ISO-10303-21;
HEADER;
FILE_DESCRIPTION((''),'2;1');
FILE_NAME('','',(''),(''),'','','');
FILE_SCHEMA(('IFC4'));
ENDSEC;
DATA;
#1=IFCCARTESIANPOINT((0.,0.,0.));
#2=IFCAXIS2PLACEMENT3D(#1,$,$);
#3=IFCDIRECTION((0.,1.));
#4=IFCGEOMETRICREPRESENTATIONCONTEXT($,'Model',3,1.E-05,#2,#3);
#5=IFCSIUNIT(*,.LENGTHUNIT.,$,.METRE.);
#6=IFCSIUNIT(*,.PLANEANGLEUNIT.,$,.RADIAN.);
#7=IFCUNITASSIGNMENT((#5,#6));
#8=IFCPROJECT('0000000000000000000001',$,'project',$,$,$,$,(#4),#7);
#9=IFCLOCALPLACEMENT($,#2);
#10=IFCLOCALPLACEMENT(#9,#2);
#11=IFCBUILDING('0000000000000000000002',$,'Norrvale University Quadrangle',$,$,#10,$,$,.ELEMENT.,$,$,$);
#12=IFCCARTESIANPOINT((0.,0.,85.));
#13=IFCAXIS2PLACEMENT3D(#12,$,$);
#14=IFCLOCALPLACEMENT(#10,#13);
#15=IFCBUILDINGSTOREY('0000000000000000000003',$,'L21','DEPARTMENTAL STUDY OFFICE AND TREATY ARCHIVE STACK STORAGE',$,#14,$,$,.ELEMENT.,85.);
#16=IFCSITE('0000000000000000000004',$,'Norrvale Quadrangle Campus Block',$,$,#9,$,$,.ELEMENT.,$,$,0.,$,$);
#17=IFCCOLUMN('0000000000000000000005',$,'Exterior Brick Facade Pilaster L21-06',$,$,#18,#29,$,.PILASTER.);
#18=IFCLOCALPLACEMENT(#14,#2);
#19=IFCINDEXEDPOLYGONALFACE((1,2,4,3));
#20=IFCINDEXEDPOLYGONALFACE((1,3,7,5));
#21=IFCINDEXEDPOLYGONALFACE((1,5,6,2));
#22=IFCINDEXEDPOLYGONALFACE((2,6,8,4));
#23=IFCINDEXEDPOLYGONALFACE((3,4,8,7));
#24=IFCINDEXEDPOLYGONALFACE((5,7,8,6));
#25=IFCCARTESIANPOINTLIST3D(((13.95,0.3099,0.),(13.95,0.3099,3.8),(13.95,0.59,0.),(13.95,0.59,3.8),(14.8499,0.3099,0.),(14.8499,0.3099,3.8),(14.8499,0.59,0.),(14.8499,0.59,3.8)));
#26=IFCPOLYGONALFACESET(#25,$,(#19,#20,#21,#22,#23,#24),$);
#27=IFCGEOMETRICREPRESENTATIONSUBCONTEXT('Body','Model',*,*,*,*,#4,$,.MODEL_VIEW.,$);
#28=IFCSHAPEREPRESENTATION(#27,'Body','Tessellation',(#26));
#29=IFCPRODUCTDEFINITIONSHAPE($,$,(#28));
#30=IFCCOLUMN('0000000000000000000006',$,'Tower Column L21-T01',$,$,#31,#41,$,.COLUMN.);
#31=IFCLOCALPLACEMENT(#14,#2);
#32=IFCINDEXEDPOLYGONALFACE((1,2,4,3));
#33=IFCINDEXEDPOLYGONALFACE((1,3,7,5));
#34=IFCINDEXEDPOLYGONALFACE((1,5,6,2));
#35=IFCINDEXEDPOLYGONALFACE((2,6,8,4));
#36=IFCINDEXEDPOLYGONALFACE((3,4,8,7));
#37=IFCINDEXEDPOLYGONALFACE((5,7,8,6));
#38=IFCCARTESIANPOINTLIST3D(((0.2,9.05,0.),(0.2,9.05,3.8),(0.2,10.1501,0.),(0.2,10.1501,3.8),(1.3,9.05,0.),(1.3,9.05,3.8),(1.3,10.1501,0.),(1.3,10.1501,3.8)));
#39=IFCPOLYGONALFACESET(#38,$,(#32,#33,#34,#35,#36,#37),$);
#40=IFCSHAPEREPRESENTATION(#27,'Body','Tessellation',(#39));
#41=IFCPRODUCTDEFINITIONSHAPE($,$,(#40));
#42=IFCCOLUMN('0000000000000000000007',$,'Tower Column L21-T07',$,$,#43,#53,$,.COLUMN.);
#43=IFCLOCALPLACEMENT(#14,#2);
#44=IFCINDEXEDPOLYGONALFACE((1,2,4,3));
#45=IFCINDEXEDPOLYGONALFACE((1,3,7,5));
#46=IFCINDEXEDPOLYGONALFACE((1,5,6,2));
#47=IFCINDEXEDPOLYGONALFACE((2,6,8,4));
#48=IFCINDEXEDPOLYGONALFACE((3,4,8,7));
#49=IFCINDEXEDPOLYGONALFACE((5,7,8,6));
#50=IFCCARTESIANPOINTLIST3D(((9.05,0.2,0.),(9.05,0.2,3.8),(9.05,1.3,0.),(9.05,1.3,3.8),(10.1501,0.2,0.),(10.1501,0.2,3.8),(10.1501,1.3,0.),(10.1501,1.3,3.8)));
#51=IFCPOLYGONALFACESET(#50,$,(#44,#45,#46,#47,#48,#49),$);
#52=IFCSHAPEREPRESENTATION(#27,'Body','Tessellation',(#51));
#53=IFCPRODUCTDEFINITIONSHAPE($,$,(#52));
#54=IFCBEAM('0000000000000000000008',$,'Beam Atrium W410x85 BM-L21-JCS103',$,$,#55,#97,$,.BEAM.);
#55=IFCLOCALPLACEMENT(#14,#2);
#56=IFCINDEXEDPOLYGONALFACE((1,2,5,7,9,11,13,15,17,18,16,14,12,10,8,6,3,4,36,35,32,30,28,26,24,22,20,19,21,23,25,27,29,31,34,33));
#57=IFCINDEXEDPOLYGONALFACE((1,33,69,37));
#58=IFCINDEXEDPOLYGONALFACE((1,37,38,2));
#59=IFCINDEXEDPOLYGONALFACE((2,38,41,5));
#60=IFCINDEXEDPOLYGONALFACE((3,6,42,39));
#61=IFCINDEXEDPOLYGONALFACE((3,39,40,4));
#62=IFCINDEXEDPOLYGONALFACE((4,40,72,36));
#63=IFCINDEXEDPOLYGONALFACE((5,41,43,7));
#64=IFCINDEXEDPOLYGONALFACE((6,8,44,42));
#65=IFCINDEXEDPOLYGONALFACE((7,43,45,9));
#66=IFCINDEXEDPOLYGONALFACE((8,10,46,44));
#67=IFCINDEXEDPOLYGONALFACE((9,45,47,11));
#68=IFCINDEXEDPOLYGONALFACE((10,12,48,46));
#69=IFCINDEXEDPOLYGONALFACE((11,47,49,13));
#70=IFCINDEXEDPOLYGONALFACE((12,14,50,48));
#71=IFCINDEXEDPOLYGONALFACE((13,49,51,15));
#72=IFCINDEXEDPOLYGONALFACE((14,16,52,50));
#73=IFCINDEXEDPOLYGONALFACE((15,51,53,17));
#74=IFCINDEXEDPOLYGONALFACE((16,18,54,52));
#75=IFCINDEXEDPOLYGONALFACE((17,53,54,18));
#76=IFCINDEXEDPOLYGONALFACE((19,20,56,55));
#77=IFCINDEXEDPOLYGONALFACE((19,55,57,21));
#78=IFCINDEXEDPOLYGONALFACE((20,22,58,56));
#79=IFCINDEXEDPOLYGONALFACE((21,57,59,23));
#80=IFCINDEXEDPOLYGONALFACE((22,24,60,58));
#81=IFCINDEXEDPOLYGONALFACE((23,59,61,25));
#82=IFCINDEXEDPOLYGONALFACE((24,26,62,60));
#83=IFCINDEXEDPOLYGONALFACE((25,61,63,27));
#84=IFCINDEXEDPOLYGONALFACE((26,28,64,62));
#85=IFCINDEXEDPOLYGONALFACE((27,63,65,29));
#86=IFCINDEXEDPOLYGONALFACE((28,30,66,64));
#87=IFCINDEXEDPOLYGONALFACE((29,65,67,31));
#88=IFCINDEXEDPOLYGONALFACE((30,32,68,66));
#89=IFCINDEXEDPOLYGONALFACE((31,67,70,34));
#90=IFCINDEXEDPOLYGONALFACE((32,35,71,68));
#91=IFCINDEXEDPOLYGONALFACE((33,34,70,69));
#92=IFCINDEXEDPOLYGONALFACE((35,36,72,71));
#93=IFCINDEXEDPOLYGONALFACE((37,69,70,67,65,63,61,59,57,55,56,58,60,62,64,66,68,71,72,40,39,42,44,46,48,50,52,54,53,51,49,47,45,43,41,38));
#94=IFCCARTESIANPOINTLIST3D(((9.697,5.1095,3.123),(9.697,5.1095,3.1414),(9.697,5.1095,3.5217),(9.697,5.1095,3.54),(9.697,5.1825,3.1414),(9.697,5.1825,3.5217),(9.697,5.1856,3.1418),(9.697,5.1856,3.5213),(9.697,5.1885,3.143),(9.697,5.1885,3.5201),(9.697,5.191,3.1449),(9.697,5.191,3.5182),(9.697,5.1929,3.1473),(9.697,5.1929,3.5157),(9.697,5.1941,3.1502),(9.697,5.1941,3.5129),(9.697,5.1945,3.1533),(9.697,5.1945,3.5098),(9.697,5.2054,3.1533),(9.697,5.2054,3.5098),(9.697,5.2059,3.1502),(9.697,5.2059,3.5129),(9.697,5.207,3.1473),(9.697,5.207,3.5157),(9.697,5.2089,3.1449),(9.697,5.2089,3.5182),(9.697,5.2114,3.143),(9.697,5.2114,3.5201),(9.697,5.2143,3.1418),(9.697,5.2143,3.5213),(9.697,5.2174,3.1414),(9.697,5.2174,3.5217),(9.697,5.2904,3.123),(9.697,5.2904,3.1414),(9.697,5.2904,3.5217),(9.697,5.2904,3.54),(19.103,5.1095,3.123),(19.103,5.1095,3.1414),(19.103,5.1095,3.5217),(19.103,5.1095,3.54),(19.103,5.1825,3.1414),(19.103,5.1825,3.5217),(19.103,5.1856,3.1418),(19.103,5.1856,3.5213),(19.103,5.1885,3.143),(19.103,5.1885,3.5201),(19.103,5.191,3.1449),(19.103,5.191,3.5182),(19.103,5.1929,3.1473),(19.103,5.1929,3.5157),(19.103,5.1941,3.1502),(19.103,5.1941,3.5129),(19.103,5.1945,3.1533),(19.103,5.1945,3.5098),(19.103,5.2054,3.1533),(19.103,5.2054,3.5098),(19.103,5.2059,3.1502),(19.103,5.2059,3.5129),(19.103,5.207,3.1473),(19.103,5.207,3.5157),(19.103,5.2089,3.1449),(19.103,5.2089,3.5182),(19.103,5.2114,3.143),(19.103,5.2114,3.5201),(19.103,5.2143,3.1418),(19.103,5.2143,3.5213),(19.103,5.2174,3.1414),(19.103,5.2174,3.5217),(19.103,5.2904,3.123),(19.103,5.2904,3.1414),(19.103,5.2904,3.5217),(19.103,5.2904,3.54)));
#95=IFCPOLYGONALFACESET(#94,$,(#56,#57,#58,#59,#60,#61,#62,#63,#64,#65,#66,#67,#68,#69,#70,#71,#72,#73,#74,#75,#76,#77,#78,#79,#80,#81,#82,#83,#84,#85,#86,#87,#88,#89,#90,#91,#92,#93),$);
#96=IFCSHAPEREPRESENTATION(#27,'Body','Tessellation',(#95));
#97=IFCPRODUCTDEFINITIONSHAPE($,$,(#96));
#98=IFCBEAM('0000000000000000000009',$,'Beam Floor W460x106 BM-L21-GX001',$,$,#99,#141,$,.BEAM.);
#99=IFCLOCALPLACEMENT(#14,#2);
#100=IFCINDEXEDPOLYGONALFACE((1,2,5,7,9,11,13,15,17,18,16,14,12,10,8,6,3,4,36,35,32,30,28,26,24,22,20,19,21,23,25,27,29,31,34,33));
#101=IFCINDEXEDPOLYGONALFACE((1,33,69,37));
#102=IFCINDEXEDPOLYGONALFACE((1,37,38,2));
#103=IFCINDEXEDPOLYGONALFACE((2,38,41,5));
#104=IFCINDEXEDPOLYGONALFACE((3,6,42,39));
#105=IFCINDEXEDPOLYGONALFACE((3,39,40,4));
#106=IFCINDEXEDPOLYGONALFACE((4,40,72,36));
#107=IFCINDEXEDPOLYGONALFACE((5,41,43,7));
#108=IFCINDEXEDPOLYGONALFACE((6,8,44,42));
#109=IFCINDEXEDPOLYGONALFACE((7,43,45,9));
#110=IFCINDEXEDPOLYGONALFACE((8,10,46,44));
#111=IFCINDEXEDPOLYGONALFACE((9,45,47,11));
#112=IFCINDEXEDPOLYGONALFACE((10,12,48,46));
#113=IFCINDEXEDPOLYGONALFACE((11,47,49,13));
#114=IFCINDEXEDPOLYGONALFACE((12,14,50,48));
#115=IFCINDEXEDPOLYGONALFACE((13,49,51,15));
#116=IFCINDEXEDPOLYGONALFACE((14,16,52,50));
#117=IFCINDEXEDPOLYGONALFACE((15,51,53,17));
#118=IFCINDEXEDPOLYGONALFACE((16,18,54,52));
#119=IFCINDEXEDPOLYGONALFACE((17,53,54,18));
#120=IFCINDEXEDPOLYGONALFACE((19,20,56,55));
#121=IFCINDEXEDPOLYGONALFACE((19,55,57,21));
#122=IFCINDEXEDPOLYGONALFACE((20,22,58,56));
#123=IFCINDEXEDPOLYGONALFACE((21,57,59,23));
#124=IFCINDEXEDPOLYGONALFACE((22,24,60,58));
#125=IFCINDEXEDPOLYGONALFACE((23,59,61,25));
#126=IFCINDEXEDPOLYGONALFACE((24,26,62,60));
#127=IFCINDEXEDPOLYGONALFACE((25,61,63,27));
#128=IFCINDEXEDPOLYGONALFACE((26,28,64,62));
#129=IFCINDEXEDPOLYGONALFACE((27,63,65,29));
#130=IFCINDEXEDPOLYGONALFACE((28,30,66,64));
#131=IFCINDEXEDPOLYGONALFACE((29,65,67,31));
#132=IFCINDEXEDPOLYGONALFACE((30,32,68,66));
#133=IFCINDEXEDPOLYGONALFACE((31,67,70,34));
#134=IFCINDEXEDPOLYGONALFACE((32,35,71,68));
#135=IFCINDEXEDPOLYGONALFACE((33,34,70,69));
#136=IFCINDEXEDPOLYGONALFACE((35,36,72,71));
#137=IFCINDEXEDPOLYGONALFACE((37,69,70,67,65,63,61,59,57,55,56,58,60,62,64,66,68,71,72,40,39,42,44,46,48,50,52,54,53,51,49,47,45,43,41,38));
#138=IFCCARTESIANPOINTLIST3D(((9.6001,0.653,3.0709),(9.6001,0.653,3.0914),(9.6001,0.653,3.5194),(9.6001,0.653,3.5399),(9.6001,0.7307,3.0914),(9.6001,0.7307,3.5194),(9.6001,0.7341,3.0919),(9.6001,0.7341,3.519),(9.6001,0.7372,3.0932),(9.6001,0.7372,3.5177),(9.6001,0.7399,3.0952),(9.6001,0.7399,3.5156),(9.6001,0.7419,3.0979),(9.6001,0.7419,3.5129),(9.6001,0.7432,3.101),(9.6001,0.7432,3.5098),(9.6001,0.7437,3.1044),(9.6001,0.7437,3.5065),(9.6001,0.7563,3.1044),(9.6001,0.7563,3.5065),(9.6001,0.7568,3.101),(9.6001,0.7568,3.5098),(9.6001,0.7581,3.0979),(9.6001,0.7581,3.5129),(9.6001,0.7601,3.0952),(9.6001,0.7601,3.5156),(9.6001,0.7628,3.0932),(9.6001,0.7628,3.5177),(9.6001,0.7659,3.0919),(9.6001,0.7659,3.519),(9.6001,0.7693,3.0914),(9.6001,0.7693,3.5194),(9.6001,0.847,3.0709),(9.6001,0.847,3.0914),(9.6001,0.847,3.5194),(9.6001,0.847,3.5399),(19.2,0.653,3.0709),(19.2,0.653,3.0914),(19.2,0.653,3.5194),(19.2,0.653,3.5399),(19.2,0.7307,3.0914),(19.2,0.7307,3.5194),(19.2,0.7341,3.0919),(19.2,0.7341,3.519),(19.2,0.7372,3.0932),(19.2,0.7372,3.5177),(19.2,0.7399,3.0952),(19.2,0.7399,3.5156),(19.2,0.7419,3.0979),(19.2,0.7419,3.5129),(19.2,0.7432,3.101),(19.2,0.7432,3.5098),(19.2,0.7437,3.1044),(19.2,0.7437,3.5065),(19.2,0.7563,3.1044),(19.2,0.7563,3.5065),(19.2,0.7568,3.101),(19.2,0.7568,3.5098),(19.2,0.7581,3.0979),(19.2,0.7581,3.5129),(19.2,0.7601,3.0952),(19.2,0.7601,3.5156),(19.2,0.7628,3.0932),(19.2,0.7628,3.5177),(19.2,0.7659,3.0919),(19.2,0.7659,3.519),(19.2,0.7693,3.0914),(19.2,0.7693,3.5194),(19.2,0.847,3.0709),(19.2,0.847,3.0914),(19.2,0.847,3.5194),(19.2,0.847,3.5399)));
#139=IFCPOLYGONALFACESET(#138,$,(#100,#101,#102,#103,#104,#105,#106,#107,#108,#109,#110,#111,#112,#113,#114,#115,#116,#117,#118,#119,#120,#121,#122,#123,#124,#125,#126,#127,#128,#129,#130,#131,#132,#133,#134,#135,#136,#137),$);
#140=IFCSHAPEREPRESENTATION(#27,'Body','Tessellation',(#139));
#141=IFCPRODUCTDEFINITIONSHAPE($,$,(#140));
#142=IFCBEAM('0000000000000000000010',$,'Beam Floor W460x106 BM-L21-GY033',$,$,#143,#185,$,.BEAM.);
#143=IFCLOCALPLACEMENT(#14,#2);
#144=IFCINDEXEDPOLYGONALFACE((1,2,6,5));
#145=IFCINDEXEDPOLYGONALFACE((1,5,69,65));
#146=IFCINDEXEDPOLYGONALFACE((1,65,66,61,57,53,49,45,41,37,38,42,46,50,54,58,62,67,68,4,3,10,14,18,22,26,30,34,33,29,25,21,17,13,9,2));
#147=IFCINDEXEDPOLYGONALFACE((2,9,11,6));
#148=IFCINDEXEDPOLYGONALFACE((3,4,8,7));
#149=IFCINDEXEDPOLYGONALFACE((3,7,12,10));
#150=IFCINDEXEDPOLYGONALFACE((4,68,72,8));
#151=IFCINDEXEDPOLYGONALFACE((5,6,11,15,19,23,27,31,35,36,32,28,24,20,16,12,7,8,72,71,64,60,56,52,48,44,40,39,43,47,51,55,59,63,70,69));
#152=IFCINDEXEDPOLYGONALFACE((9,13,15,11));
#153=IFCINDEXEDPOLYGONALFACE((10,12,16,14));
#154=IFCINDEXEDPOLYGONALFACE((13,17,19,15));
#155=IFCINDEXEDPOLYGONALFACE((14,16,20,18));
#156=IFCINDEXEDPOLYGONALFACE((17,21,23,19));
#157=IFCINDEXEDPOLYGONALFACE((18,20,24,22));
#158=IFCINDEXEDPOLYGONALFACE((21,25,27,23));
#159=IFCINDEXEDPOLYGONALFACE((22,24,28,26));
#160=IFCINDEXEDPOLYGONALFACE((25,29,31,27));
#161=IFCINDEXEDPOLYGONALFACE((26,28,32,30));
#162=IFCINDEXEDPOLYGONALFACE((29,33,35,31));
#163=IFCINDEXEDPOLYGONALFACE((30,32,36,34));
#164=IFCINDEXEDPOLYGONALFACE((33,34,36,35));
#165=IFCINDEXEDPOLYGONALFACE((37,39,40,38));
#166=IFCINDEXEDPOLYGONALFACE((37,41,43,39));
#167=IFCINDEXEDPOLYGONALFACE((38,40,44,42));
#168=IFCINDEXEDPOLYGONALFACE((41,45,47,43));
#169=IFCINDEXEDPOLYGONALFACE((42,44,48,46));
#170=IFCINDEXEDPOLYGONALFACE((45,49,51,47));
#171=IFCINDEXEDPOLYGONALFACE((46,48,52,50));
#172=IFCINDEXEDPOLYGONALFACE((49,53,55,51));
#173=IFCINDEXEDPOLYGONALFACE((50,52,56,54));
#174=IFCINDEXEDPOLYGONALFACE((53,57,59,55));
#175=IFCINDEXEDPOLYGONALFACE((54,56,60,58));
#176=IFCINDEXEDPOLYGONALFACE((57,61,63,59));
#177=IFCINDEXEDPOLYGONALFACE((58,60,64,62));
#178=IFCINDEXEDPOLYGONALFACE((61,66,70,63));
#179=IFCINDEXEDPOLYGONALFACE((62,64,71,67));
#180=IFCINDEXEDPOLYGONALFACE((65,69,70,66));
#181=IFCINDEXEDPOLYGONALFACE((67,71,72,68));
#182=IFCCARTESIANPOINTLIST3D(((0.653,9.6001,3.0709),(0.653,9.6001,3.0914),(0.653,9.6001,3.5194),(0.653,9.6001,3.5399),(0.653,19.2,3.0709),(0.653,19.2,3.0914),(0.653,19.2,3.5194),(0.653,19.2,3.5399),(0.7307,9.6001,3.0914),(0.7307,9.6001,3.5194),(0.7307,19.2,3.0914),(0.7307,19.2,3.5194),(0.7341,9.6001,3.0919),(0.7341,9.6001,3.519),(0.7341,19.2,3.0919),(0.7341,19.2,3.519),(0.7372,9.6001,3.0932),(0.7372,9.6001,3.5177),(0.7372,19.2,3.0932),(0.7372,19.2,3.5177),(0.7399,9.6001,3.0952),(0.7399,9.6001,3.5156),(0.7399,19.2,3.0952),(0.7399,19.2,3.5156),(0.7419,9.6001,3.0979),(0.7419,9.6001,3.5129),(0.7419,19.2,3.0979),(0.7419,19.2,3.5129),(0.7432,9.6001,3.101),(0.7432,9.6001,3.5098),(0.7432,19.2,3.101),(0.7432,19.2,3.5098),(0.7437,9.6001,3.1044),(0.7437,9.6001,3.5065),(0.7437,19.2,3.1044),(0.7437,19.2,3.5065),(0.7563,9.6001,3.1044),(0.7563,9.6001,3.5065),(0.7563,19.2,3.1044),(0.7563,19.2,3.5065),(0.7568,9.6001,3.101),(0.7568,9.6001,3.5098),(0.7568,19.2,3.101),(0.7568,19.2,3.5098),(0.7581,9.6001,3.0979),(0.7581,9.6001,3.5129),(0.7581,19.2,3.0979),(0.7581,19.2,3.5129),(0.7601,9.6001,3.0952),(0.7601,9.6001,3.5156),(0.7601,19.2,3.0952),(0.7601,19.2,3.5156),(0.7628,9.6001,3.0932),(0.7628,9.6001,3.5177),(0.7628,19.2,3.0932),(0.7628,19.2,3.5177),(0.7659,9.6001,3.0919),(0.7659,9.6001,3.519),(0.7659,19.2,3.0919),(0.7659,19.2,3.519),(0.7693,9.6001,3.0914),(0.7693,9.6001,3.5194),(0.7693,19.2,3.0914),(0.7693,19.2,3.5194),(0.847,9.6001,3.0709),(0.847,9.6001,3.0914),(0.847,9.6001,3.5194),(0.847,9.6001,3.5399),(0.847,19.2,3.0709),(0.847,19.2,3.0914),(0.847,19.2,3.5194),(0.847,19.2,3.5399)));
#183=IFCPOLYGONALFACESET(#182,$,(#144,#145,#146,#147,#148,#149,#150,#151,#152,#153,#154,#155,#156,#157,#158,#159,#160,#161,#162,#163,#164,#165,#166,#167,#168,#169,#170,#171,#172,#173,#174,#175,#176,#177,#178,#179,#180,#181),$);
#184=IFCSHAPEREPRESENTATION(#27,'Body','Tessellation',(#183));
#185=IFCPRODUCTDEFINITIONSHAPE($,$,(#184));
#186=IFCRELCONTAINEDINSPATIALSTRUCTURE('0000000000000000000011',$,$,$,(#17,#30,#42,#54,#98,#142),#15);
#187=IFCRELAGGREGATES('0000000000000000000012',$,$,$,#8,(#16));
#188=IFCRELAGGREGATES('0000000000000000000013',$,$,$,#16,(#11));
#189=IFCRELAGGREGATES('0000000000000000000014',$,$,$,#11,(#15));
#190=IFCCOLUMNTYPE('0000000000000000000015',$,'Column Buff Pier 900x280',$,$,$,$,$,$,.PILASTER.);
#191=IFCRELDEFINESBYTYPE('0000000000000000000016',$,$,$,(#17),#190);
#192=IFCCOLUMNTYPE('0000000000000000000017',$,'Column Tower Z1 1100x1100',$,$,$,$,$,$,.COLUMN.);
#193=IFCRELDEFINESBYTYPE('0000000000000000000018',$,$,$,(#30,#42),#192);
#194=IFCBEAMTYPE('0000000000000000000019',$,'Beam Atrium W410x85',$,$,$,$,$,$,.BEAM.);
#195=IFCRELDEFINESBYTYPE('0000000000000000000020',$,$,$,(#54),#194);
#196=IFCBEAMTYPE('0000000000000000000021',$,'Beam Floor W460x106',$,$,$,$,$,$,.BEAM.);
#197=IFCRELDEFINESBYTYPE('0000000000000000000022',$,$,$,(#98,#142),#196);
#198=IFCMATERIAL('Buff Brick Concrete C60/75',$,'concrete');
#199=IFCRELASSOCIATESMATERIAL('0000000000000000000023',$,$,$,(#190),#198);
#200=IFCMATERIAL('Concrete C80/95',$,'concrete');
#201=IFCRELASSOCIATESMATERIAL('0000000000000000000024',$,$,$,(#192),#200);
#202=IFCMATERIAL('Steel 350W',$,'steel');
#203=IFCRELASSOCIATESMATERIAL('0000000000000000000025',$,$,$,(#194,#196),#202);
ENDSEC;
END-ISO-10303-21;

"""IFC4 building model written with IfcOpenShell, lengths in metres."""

from ifc_helpers import new_model, si_unit, direction, frame, origin, origin_2d, place, context, subcontext, project, spatial, rectangle, i_section, extrude, material, material_profile, profile_set, type_object, element, save


model = new_model("IFC4")

# Units and contexts
model_context = context("Model", 3, precision=1e-05, world=origin(), true_north=direction((0.0, 1.0)))
body_context = subcontext(model_context, "Body", "Model", "MODEL_VIEW")
ifc_project = project(units=[si_unit("LENGTHUNIT", "METRE"), si_unit("PLANEANGLEUNIT", "RADIAN")], contexts=[model_context])

# Site, building, storey
site_placement = place(None, origin())
site = spatial("IfcSite", under=ifc_project, at=site_placement, Name="Norrvale Quadrangle Campus Block", CompositionType="ELEMENT", RefElevation=0.0)
building_placement = place(site_placement, origin())
building = spatial("IfcBuilding", under=site, at=building_placement, Name="Norrvale University Quadrangle", CompositionType="ELEMENT")
storey_placement = place(building_placement, frame((0.0, 0.0, 85.0)))
storey = spatial("IfcBuildingStorey", under=building, at=storey_placement, Name="L21", Description="DEPARTMENTAL STUDY OFFICE AND TREATY ARCHIVE STACK STORAGE", CompositionType="ELEMENT", Elevation=85.0)

# Columns
ifc_material_1 = material(Name="Buff Brick Concrete C60/75", Category="concrete")
ifc_material_profile_1 = material_profile(ifc_material_1, rectangle(XDim=0.8999, YDim=0.28, at=origin_2d()), Name="Buff Brick Concrete C60/75")
ifc_profile_set_1 = profile_set([ifc_material_profile_1], Name="Buff Brick Concrete C60/75")
column_type_1 = type_object("IfcColumnType", Name="Column Buff Pier 900x280", PredefinedType="PILASTER", material=ifc_profile_set_1)
column_placement = place(storey_placement, frame((14.3999, 0.45, 0.0), z_axis=(0.0, 0.0, 1.0), x_axis=(1.0, 0.0, 0.0)))
element("IfcColumn", 1, at=column_placement, inside=storey, type_object=column_type_1, Name="Exterior Brick Facade Pilaster L21-06", PredefinedType="PILASTER", context=body_context, shape_type="SweptSolid", body=[
    extrude(rectangle(XDim=0.8999, YDim=0.28, at=origin_2d()), origin(), (0.0, 0.0, 1.0), 3.8),
])
ifc_material_2 = material(Name="Concrete C80/95", Category="concrete")
ifc_material_profile_2 = material_profile(ifc_material_2, rectangle(XDim=1.1001, YDim=1.1001, at=origin_2d()), Name="Concrete C80/95")
ifc_profile_set_2 = profile_set([ifc_material_profile_2], Name="Concrete C80/95")
column_type_2 = type_object("IfcColumnType", Name="Column Tower Z1 1100x1100", PredefinedType="COLUMN", material=ifc_profile_set_2)
for number, where, z_axis, x_axis, name in (
    (2, (0.75, 9.6001, 0.0), (0.0, 0.0, 1.0), (1.0, 0.0, 0.0), "Tower Column L21-T01"),
    (3, (9.6001, 0.75, 0.0), (0.0, 0.0, 1.0), (1.0, 0.0, 0.0), "Tower Column L21-T07"),
):
    element("IfcColumn", number, at=place(storey_placement, frame(where, z_axis=z_axis, x_axis=x_axis)), inside=storey, type_object=column_type_2, Name=name, PredefinedType="COLUMN", context=body_context, shape_type="SweptSolid", body=[
        extrude(rectangle(XDim=1.1001, YDim=1.1001, at=origin_2d()), origin(), (0.0, 0.0, 1.0), 3.8),
    ])

# Beams
ifc_material_3 = material(Name="Steel 350W", Category="steel")
ifc_material_profile_3 = material_profile(ifc_material_3, i_section(OverallWidth=0.1809, OverallDepth=0.417, WebThickness=0.011, FlangeThickness=0.0183, FilletRadius=0.012, at=origin_2d()), Name="Steel 350W")
ifc_profile_set_3 = profile_set([ifc_material_profile_3], Name="Steel 350W")
beam_type_1 = type_object("IfcBeamType", Name="Beam Atrium W410x85", PredefinedType="BEAM", material=ifc_profile_set_3)
beam_1_placement = place(storey_placement, frame((9.697, 5.2, 3.3315), z_axis=(1.0, 0.0, 0.0), x_axis=(0.0, 1.0, 0.0)))
element("IfcBeam", 4, at=beam_1_placement, inside=storey, type_object=beam_type_1, Name="Beam Atrium W410x85 BM-L21-JCS103", PredefinedType="BEAM", context=body_context, shape_type="SweptSolid", body=[
    extrude(i_section(OverallWidth=0.1809, OverallDepth=0.417, WebThickness=0.011, FlangeThickness=0.0183, FilletRadius=0.012, at=origin_2d()), origin(), (0.0, 0.0, 1.0), 9.406),
])
ifc_material_profile_4 = material_profile(ifc_material_3, i_section(OverallWidth=0.1941, OverallDepth=0.469, WebThickness=0.0127, FlangeThickness=0.0205, FilletRadius=0.0129, at=origin_2d()), Name="Steel 350W")
ifc_profile_set_4 = profile_set([ifc_material_profile_4], Name="Steel 350W")
beam_type_2 = type_object("IfcBeamType", Name="Beam Floor W460x106", PredefinedType="BEAM", material=ifc_profile_set_4)
for number, where, z_axis, x_axis, name in (
    (5, (9.6001, 0.75, 3.3054), (1.0, 0.0, 0.0), (0.0, 1.0, 0.0), "Beam Floor W460x106 BM-L21-GX001"),
    (6, (0.75, 9.6001, 3.3054), (0.0, 1.0, 0.0), (-1.0, 0.0, 0.0), "Beam Floor W460x106 BM-L21-GY033"),
):
    element("IfcBeam", number, at=place(storey_placement, frame(where, z_axis=z_axis, x_axis=x_axis)), inside=storey, type_object=beam_type_2, Name=name, PredefinedType="BEAM", context=body_context, shape_type="SweptSolid", body=[
        extrude(i_section(OverallWidth=0.1941, OverallDepth=0.469, WebThickness=0.0127, FlangeThickness=0.0205, FilletRadius=0.0129, at=origin_2d()), origin(), (0.0, 0.0, 1.0), 9.5999),
    ])

save(model, "model.ifc")
